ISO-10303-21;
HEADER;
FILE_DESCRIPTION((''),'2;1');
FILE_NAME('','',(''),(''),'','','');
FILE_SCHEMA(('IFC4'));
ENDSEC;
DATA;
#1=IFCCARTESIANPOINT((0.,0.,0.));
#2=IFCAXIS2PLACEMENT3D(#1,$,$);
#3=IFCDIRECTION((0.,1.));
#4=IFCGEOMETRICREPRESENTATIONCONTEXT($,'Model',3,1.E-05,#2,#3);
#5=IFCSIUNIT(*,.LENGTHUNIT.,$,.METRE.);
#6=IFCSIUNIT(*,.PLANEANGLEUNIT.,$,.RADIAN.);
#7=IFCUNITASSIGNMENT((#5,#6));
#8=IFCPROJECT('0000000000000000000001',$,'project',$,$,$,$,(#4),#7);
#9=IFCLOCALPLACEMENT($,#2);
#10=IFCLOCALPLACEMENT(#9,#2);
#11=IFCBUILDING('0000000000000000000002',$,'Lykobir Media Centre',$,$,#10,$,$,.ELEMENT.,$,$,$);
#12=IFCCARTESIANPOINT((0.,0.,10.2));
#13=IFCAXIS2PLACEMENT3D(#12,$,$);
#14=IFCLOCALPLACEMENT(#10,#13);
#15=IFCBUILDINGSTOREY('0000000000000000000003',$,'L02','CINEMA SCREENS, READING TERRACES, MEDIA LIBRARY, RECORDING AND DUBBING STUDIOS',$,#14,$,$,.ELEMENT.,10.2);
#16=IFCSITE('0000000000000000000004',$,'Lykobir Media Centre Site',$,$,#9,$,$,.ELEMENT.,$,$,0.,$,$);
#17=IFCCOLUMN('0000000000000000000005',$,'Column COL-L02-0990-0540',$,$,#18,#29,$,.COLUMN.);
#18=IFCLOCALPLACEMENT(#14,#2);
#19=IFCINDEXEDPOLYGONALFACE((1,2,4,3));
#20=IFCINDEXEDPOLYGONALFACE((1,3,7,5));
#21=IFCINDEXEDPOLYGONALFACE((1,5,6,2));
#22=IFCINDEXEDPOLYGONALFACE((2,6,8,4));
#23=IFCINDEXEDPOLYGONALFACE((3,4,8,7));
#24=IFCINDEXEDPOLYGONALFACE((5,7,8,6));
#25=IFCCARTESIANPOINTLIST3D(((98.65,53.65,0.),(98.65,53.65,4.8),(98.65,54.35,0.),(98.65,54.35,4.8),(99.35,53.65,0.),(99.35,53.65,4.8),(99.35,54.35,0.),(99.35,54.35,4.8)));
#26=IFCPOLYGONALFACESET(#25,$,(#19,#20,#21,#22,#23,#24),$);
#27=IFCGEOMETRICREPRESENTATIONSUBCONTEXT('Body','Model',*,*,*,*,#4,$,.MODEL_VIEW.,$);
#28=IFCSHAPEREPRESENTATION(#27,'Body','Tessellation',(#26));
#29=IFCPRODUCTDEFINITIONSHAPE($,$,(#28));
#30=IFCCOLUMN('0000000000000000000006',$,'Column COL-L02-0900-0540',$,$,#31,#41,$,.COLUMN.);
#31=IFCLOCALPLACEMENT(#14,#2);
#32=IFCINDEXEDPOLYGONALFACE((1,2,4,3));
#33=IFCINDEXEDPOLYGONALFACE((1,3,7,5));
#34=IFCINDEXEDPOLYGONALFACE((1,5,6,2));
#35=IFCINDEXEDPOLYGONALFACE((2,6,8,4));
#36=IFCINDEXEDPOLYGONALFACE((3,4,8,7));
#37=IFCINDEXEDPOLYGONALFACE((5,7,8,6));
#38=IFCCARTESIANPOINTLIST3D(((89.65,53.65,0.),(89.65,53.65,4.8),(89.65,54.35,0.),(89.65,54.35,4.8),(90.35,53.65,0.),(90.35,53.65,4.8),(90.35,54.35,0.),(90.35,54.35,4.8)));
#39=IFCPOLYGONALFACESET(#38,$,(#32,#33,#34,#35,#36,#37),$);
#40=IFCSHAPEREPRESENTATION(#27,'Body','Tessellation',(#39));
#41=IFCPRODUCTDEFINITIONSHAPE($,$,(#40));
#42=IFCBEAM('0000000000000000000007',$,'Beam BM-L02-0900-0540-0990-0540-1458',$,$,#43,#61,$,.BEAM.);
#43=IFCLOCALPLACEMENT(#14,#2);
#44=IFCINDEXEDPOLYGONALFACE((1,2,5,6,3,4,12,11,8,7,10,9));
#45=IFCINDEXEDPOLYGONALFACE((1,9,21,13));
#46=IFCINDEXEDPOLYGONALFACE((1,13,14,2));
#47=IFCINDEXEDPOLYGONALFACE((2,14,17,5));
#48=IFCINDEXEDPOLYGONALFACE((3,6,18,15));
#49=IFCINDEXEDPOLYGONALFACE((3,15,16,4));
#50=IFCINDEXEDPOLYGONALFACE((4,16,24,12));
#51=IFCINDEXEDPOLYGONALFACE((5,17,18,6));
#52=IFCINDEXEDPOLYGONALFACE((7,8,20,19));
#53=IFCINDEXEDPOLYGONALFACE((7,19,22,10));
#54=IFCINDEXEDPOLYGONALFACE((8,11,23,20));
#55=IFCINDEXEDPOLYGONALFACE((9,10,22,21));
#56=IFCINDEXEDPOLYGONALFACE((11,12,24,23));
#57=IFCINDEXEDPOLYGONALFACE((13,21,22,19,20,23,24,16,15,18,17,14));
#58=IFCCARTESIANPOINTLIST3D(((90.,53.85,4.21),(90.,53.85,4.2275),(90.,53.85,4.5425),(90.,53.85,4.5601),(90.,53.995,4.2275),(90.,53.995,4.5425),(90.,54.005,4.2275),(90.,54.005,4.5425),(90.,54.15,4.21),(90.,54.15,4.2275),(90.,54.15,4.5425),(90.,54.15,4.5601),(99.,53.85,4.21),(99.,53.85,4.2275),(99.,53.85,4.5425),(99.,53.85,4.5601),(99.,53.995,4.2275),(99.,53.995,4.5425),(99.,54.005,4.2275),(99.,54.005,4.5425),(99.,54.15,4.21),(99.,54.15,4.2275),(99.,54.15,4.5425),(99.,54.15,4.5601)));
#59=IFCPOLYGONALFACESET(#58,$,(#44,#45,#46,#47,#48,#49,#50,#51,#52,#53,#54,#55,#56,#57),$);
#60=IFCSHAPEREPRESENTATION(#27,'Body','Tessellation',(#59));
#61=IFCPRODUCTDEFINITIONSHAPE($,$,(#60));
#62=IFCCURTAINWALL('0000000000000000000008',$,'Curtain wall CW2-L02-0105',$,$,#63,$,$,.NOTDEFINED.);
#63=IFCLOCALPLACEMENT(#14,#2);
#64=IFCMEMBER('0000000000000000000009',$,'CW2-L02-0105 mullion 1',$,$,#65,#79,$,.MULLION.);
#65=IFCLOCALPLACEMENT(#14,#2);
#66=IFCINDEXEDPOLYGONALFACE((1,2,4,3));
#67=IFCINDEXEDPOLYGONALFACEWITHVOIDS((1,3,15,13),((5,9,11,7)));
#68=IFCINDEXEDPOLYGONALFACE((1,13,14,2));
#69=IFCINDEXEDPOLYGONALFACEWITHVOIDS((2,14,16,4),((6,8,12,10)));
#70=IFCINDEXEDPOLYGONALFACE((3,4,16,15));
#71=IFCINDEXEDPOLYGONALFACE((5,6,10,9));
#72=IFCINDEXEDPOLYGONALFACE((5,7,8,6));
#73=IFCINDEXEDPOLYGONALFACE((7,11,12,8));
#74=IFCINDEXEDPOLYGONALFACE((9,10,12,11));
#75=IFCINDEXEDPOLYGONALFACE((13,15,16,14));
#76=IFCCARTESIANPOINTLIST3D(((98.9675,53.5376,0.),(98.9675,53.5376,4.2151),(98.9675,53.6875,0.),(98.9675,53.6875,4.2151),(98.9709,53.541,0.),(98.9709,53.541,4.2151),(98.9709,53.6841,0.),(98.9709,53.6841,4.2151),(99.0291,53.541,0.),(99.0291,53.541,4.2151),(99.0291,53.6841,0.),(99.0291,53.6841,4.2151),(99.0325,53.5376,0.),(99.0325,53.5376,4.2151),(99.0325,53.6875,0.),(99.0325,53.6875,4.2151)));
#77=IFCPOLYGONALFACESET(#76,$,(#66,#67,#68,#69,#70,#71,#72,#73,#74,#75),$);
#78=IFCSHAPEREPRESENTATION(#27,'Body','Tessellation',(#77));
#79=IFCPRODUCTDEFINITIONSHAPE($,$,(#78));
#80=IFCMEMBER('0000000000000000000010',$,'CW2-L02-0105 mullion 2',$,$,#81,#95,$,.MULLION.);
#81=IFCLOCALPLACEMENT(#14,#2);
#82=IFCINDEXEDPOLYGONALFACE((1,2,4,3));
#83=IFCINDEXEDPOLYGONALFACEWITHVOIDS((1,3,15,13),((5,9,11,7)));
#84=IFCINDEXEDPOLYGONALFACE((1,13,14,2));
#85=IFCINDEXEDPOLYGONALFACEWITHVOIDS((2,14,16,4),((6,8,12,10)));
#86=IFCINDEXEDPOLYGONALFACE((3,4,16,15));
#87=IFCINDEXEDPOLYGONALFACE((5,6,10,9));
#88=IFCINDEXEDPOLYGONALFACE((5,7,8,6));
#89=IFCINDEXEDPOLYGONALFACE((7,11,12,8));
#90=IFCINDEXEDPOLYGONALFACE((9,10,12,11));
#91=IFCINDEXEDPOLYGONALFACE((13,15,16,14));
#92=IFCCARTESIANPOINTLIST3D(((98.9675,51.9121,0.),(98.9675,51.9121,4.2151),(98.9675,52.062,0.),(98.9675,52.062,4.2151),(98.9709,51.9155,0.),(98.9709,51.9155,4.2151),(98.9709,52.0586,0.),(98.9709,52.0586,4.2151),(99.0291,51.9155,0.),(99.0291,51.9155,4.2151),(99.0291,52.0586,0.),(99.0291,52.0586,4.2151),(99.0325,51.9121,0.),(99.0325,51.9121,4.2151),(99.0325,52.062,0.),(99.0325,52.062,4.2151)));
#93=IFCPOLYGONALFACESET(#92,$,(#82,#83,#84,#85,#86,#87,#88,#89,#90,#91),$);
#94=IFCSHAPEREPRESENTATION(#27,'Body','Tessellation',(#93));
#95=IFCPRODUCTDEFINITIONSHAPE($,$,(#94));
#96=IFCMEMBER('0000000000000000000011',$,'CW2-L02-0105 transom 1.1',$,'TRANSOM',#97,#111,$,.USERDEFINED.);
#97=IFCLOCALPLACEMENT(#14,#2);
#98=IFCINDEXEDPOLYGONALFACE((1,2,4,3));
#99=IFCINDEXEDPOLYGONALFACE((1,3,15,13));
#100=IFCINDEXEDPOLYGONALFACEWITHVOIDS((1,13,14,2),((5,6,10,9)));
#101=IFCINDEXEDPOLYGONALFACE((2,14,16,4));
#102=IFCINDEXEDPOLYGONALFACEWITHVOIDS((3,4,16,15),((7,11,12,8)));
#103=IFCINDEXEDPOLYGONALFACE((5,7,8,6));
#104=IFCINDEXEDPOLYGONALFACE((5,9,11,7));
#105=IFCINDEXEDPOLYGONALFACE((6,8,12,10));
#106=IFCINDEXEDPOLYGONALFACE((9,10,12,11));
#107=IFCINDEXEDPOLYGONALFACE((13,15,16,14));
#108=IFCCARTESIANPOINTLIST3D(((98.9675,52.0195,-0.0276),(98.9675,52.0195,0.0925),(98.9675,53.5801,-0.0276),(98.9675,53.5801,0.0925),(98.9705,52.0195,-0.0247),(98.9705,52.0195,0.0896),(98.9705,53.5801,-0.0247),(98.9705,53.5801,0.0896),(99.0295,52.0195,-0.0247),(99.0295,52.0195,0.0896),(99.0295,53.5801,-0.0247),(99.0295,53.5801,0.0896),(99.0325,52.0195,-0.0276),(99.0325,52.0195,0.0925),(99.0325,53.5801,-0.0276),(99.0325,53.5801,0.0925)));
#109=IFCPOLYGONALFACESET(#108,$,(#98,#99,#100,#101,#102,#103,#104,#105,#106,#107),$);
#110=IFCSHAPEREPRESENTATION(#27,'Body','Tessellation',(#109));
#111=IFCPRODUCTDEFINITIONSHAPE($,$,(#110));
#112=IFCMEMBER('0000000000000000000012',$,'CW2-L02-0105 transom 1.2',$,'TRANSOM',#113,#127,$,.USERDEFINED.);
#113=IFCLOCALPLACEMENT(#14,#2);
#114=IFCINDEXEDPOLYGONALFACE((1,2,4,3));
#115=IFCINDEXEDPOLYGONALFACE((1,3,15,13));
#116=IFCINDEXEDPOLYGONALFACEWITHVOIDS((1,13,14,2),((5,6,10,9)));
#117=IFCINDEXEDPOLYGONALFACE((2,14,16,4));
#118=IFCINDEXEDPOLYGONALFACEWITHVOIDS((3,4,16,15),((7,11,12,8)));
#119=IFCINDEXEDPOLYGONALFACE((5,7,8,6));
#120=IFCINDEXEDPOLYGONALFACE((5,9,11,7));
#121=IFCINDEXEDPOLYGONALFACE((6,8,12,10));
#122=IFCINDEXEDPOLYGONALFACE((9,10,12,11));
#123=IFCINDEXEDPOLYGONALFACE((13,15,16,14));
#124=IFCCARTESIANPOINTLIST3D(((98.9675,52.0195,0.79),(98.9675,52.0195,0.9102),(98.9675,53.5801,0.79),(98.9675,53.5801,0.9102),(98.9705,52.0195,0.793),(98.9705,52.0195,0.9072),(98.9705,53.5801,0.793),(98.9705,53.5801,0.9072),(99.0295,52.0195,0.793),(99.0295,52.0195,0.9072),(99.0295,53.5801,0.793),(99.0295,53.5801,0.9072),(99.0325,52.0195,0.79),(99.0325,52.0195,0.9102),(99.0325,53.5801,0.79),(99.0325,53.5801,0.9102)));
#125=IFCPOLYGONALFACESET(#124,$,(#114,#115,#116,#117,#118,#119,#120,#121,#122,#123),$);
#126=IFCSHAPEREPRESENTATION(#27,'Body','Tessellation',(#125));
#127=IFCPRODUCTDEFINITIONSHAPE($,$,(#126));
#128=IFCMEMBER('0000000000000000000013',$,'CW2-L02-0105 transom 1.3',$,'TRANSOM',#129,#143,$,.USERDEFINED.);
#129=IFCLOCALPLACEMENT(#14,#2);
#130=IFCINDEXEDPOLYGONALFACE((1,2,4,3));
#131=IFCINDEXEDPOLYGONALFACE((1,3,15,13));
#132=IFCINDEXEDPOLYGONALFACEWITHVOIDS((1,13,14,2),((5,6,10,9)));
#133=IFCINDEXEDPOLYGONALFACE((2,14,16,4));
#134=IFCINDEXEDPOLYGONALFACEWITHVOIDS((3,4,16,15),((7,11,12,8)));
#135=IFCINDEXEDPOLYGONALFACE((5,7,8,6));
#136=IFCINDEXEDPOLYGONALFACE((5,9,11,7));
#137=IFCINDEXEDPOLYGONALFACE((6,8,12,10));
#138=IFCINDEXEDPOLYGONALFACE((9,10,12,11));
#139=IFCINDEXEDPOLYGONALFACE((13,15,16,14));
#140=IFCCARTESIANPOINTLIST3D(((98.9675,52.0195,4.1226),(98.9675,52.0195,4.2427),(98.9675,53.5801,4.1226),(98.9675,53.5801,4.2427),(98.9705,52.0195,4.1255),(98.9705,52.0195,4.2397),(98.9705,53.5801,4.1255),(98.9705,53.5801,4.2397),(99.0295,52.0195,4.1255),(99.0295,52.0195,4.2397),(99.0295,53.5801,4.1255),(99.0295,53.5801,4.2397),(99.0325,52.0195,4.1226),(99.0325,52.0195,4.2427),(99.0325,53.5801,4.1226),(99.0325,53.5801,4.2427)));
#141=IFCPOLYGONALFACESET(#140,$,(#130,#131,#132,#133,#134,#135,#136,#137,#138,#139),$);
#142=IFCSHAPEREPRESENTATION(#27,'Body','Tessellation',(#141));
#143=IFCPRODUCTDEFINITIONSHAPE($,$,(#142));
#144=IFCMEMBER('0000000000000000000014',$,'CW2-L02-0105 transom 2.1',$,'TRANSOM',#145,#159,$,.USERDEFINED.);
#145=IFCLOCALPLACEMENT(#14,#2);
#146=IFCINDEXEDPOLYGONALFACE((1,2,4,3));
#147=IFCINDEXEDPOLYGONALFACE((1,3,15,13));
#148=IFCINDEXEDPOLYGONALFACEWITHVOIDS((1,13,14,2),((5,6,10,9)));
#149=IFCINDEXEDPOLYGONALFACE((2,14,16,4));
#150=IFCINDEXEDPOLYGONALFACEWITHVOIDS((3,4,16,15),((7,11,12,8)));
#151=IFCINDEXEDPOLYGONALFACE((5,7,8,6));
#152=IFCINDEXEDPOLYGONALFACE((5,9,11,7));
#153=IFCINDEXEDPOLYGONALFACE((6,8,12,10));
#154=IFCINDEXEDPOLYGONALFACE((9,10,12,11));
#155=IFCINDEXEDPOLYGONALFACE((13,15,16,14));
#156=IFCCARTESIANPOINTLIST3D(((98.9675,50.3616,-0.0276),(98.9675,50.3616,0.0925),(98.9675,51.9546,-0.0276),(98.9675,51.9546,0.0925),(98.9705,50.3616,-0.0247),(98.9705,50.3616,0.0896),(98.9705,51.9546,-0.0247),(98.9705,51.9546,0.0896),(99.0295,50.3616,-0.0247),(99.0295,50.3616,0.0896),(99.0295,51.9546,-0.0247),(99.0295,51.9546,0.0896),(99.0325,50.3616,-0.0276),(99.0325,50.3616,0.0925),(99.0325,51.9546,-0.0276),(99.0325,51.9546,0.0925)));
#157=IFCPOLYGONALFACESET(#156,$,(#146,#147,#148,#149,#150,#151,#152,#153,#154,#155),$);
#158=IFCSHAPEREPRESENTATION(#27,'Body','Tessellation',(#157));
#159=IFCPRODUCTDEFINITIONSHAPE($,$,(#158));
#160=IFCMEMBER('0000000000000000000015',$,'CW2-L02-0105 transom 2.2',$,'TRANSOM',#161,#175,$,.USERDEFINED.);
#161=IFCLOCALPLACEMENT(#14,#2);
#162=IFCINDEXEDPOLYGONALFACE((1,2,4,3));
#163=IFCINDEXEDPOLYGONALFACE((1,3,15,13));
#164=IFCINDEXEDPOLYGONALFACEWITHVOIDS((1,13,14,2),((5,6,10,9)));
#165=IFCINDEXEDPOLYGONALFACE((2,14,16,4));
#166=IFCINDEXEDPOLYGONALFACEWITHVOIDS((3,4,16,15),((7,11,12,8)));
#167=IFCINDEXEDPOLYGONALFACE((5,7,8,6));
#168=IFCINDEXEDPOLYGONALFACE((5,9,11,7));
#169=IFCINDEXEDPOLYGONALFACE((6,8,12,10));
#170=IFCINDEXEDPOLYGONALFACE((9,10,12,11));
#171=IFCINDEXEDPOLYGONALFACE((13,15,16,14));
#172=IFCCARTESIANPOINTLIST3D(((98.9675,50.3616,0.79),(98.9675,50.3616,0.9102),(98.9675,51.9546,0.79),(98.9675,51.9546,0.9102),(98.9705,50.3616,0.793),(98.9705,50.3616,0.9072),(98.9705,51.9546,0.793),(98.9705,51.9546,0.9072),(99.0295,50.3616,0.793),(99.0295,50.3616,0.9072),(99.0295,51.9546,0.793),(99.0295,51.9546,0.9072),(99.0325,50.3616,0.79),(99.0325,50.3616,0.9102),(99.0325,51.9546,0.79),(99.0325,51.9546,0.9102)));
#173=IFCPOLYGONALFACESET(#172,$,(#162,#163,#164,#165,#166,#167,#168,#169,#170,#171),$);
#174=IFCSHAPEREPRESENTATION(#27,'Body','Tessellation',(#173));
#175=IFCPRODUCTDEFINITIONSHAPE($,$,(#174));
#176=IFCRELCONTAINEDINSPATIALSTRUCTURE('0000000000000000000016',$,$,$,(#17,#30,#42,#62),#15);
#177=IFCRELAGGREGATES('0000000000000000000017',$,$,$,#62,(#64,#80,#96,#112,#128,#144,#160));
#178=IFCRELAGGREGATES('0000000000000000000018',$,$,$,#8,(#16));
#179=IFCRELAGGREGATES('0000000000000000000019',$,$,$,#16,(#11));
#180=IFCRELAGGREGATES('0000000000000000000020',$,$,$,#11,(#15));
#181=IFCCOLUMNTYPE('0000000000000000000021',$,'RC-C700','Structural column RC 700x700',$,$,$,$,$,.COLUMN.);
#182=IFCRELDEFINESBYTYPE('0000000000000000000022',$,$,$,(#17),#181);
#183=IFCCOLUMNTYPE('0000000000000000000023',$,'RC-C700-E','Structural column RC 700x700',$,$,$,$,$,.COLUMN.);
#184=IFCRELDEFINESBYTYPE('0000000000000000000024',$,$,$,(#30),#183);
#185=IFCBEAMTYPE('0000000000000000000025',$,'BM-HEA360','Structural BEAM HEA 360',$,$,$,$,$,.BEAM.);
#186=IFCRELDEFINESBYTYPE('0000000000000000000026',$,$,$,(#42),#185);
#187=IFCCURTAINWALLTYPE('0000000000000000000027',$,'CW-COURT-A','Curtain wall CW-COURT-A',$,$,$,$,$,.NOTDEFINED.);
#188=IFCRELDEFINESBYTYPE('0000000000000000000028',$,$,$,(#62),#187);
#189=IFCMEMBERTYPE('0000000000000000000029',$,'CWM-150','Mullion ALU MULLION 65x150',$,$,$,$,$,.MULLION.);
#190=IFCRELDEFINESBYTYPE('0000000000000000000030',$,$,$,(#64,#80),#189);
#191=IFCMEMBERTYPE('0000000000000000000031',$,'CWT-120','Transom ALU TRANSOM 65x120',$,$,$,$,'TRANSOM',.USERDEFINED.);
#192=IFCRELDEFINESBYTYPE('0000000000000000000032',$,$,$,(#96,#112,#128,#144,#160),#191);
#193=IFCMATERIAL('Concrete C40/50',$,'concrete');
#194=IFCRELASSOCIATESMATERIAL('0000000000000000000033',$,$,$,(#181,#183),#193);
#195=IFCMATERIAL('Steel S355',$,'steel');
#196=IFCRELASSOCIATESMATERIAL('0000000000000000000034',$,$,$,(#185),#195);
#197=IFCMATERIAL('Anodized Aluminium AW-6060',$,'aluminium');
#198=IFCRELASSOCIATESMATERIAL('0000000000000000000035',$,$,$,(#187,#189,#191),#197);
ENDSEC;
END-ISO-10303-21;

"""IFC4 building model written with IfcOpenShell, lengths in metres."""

from ifc_helpers import new_model, si_unit, direction, frame, origin, origin_2d, place, context, subcontext, project, spatial, rectangle, hollow_rectangle, i_section, extrude, material, material_profile, profile_set, type_object, element, aggregate, save


model = new_model("IFC4")

# Units and contexts
model_context = context("Model", 3, precision=1e-05, world=origin(), true_north=direction((0.0, 1.0)))
body_context = subcontext(model_context, "Body", "Model", "MODEL_VIEW")
ifc_project = project(units=[si_unit("LENGTHUNIT", "METRE"), si_unit("PLANEANGLEUNIT", "RADIAN")], contexts=[model_context])

# Site, building, storey
site_placement = place(None, origin())
site = spatial("IfcSite", under=ifc_project, at=site_placement, Name="Lykobir Media Centre Site", CompositionType="ELEMENT", RefElevation=0.0)
building_placement = place(site_placement, origin())
building = spatial("IfcBuilding", under=site, at=building_placement, Name="Lykobir Media Centre", CompositionType="ELEMENT")
storey_placement = place(building_placement, frame((0.0, 0.0, 10.2)))
storey = spatial("IfcBuildingStorey", under=building, at=storey_placement, Name="L02", Description="CINEMA SCREENS, READING TERRACES, MEDIA LIBRARY, RECORDING AND DUBBING STUDIOS", CompositionType="ELEMENT", Elevation=10.2)

# Columns
ifc_material_1 = material(Name="Concrete C40/50", Category="concrete")
ifc_material_profile_1 = material_profile(ifc_material_1, rectangle(XDim=0.7, YDim=0.7, at=origin_2d()), Name="RC 700x700")
ifc_profile_set_1 = profile_set([ifc_material_profile_1], Name="Concrete C40/50")
column_type_1 = type_object("IfcColumnType", Name="RC-C700", Description="Structural column RC 700x700", PredefinedType="COLUMN", material=ifc_profile_set_1)
column_1_placement = place(storey_placement, frame((99.0, 54.0, 0.0), z_axis=(0.0, 0.0, 1.0), x_axis=(1.0, 0.0, 0.0)))
element("IfcColumn", 1, at=column_1_placement, inside=storey, type_object=column_type_1, Name="Column COL-L02-0990-0540", PredefinedType="COLUMN", context=body_context, shape_type="SweptSolid", body=[
    extrude(rectangle(XDim=0.7, YDim=0.7, at=origin_2d()), origin(), (0.0, 0.0, 1.0), 4.8),
])
ifc_material_profile_2 = material_profile(ifc_material_1, rectangle(XDim=0.7, YDim=0.7, at=origin_2d()), Name="RC 700x700")
ifc_profile_set_2 = profile_set([ifc_material_profile_2], Name="Concrete C40/50")
column_type_2 = type_object("IfcColumnType", Name="RC-C700-E", Description="Structural column RC 700x700", PredefinedType="COLUMN", material=ifc_profile_set_2)
column_2_placement = place(storey_placement, frame((90.0, 54.0, 0.0), z_axis=(0.0, 0.0, 1.0), x_axis=(1.0, 0.0, 0.0)))
element("IfcColumn", 2, at=column_2_placement, inside=storey, type_object=column_type_2, Name="Column COL-L02-0900-0540", PredefinedType="COLUMN", context=body_context, shape_type="SweptSolid", body=[
    extrude(rectangle(XDim=0.7, YDim=0.7, at=origin_2d()), origin(), (0.0, 0.0, 1.0), 4.8),
])

# Beam
ifc_material_2 = material(Name="Steel S355", Category="steel")
ifc_material_profile_3 = material_profile(ifc_material_2, i_section(OverallWidth=0.3, OverallDepth=0.3501, WebThickness=0.01, FlangeThickness=0.0176, at=origin_2d()), Name="HEA 360")
ifc_profile_set_3 = profile_set([ifc_material_profile_3], Name="Steel S355")
beam_type_1 = type_object("IfcBeamType", Name="BM-HEA360", Description="Structural BEAM HEA 360", PredefinedType="BEAM", material=ifc_profile_set_3)
beam_1_placement = place(storey_placement, frame((90.0, 54.0, 4.385), z_axis=(1.0, 0.0, 0.0), x_axis=(0.0, 1.0, 0.0)))
element("IfcBeam", 3, at=beam_1_placement, inside=storey, type_object=beam_type_1, Name="Beam BM-L02-0900-0540-0990-0540-1458", PredefinedType="BEAM", context=body_context, shape_type="SweptSolid", body=[
    extrude(i_section(OverallWidth=0.3, OverallDepth=0.3501, WebThickness=0.01, FlangeThickness=0.0176, at=origin_2d()), origin(), (0.0, 0.0, 1.0), 9.0),
])

# Curtain wall, members
ifc_material_3 = material(Name="Anodized Aluminium AW-6060", Category="aluminium")
curtain_wall_type = type_object("IfcCurtainWallType", Name="CW-COURT-A", Description="Curtain wall CW-COURT-A", PredefinedType="NOTDEFINED", material=ifc_material_3)
curtain_wall_placement = place(storey_placement, origin())
curtain_wall = element("IfcCurtainWall", 4, at=curtain_wall_placement, inside=storey, type_object=curtain_wall_type, Name="Curtain wall CW2-L02-0105", PredefinedType="NOTDEFINED")
ifc_material_profile_4 = material_profile(ifc_material_3, hollow_rectangle(XDim=0.0649, YDim=0.1499, WallThickness=0.0034, at=origin_2d()), Name="ALU MULLION 65x150")
ifc_profile_set_4 = profile_set([ifc_material_profile_4], Name="Anodized Aluminium AW-6060")
member_type_1 = type_object("IfcMemberType", Name="CWM-150", Description="Mullion ALU MULLION 65x150", PredefinedType="MULLION", material=ifc_profile_set_4)
member_1_placement = place(storey_placement, frame((99.0, 53.6125, 0.0), z_axis=(0.0, 0.0, 1.0), x_axis=(1.0, 0.0, 0.0)))
member_1 = element("IfcMember", 5, at=member_1_placement, type_object=member_type_1, Name="CW2-L02-0105 mullion 1", PredefinedType="MULLION", context=body_context, shape_type="SweptSolid", body=[
    extrude(hollow_rectangle(XDim=0.0649, YDim=0.1499, WallThickness=0.0034, at=origin_2d()), origin(), (0.0, 0.0, 1.0), 4.2151),
])
member_2_placement = place(storey_placement, frame((99.0, 51.9871, 0.0), z_axis=(0.0, 0.0, 1.0), x_axis=(1.0, 0.0, 0.0)))
member_2 = element("IfcMember", 6, at=member_2_placement, type_object=member_type_1, Name="CW2-L02-0105 mullion 2", PredefinedType="MULLION", context=body_context, shape_type="SweptSolid", body=[
    extrude(hollow_rectangle(XDim=0.0649, YDim=0.1499, WallThickness=0.0034, at=origin_2d()), origin(), (0.0, 0.0, 1.0), 4.2151),
])
ifc_material_profile_5 = material_profile(ifc_material_3, hollow_rectangle(XDim=0.0649, YDim=0.1201, WallThickness=0.0029, at=origin_2d()), Name="ALU TRANSOM 65x120")
ifc_profile_set_5 = profile_set([ifc_material_profile_5], Name="Anodized Aluminium AW-6060")
member_type_2 = type_object("IfcMemberType", Name="CWT-120", Description="Transom ALU TRANSOM 65x120", ElementType="TRANSOM", PredefinedType="USERDEFINED", material=ifc_profile_set_5)
member_3_placement = place(storey_placement, frame((99.0, 53.5801, 0.0325), z_axis=(0.0, -1.0, 0.0), x_axis=(1.0, 0.0, 0.0)))
member_3 = element("IfcMember", 7, at=member_3_placement, type_object=member_type_2, Name="CW2-L02-0105 transom 1.1", ObjectType="TRANSOM", PredefinedType="USERDEFINED", context=body_context, shape_type="SweptSolid", body=[
    extrude(hollow_rectangle(XDim=0.0649, YDim=0.1201, WallThickness=0.0029, at=origin_2d()), origin(), (0.0, 0.0, 1.0), 1.5605),
])
member_4_placement = place(storey_placement, frame((99.0, 53.5801, 0.8501), z_axis=(0.0, -1.0, 0.0), x_axis=(1.0, 0.0, 0.0)))
member_4 = element("IfcMember", 8, at=member_4_placement, type_object=member_type_2, Name="CW2-L02-0105 transom 1.2", ObjectType="TRANSOM", PredefinedType="USERDEFINED", context=body_context, shape_type="SweptSolid", body=[
    extrude(hollow_rectangle(XDim=0.0649, YDim=0.1201, WallThickness=0.0029, at=origin_2d()), origin(), (0.0, 0.0, 1.0), 1.5605),
])
member_5_placement = place(storey_placement, frame((99.0, 53.5801, 4.1826), z_axis=(0.0, -1.0, 0.0), x_axis=(1.0, 0.0, 0.0)))
member_5 = element("IfcMember", 9, at=member_5_placement, type_object=member_type_2, Name="CW2-L02-0105 transom 1.3", ObjectType="TRANSOM", PredefinedType="USERDEFINED", context=body_context, shape_type="SweptSolid", body=[
    extrude(hollow_rectangle(XDim=0.0649, YDim=0.1201, WallThickness=0.0029, at=origin_2d()), origin(), (0.0, 0.0, 1.0), 1.5605),
])
member_6_placement = place(storey_placement, frame((99.0, 51.9546, 0.0325), z_axis=(0.0, -1.0, 0.0), x_axis=(1.0, 0.0, 0.0)))
member_6 = element("IfcMember", 10, at=member_6_placement, type_object=member_type_2, Name="CW2-L02-0105 transom 2.1", ObjectType="TRANSOM", PredefinedType="USERDEFINED", context=body_context, shape_type="SweptSolid", body=[
    extrude(hollow_rectangle(XDim=0.0649, YDim=0.1201, WallThickness=0.0029, at=origin_2d()), origin(), (0.0, 0.0, 1.0), 1.593),
])
member_7_placement = place(storey_placement, frame((99.0, 51.9546, 0.8501), z_axis=(0.0, -1.0, 0.0), x_axis=(1.0, 0.0, 0.0)))
member_7 = element("IfcMember", 11, at=member_7_placement, type_object=member_type_2, Name="CW2-L02-0105 transom 2.2", ObjectType="TRANSOM", PredefinedType="USERDEFINED", context=body_context, shape_type="SweptSolid", body=[
    extrude(hollow_rectangle(XDim=0.0649, YDim=0.1201, WallThickness=0.0029, at=origin_2d()), origin(), (0.0, 0.0, 1.0), 1.593),
])

aggregate(curtain_wall, [member_1, member_2, member_3, member_4, member_5, member_6, member_7])

save(model, "model.ifc")
